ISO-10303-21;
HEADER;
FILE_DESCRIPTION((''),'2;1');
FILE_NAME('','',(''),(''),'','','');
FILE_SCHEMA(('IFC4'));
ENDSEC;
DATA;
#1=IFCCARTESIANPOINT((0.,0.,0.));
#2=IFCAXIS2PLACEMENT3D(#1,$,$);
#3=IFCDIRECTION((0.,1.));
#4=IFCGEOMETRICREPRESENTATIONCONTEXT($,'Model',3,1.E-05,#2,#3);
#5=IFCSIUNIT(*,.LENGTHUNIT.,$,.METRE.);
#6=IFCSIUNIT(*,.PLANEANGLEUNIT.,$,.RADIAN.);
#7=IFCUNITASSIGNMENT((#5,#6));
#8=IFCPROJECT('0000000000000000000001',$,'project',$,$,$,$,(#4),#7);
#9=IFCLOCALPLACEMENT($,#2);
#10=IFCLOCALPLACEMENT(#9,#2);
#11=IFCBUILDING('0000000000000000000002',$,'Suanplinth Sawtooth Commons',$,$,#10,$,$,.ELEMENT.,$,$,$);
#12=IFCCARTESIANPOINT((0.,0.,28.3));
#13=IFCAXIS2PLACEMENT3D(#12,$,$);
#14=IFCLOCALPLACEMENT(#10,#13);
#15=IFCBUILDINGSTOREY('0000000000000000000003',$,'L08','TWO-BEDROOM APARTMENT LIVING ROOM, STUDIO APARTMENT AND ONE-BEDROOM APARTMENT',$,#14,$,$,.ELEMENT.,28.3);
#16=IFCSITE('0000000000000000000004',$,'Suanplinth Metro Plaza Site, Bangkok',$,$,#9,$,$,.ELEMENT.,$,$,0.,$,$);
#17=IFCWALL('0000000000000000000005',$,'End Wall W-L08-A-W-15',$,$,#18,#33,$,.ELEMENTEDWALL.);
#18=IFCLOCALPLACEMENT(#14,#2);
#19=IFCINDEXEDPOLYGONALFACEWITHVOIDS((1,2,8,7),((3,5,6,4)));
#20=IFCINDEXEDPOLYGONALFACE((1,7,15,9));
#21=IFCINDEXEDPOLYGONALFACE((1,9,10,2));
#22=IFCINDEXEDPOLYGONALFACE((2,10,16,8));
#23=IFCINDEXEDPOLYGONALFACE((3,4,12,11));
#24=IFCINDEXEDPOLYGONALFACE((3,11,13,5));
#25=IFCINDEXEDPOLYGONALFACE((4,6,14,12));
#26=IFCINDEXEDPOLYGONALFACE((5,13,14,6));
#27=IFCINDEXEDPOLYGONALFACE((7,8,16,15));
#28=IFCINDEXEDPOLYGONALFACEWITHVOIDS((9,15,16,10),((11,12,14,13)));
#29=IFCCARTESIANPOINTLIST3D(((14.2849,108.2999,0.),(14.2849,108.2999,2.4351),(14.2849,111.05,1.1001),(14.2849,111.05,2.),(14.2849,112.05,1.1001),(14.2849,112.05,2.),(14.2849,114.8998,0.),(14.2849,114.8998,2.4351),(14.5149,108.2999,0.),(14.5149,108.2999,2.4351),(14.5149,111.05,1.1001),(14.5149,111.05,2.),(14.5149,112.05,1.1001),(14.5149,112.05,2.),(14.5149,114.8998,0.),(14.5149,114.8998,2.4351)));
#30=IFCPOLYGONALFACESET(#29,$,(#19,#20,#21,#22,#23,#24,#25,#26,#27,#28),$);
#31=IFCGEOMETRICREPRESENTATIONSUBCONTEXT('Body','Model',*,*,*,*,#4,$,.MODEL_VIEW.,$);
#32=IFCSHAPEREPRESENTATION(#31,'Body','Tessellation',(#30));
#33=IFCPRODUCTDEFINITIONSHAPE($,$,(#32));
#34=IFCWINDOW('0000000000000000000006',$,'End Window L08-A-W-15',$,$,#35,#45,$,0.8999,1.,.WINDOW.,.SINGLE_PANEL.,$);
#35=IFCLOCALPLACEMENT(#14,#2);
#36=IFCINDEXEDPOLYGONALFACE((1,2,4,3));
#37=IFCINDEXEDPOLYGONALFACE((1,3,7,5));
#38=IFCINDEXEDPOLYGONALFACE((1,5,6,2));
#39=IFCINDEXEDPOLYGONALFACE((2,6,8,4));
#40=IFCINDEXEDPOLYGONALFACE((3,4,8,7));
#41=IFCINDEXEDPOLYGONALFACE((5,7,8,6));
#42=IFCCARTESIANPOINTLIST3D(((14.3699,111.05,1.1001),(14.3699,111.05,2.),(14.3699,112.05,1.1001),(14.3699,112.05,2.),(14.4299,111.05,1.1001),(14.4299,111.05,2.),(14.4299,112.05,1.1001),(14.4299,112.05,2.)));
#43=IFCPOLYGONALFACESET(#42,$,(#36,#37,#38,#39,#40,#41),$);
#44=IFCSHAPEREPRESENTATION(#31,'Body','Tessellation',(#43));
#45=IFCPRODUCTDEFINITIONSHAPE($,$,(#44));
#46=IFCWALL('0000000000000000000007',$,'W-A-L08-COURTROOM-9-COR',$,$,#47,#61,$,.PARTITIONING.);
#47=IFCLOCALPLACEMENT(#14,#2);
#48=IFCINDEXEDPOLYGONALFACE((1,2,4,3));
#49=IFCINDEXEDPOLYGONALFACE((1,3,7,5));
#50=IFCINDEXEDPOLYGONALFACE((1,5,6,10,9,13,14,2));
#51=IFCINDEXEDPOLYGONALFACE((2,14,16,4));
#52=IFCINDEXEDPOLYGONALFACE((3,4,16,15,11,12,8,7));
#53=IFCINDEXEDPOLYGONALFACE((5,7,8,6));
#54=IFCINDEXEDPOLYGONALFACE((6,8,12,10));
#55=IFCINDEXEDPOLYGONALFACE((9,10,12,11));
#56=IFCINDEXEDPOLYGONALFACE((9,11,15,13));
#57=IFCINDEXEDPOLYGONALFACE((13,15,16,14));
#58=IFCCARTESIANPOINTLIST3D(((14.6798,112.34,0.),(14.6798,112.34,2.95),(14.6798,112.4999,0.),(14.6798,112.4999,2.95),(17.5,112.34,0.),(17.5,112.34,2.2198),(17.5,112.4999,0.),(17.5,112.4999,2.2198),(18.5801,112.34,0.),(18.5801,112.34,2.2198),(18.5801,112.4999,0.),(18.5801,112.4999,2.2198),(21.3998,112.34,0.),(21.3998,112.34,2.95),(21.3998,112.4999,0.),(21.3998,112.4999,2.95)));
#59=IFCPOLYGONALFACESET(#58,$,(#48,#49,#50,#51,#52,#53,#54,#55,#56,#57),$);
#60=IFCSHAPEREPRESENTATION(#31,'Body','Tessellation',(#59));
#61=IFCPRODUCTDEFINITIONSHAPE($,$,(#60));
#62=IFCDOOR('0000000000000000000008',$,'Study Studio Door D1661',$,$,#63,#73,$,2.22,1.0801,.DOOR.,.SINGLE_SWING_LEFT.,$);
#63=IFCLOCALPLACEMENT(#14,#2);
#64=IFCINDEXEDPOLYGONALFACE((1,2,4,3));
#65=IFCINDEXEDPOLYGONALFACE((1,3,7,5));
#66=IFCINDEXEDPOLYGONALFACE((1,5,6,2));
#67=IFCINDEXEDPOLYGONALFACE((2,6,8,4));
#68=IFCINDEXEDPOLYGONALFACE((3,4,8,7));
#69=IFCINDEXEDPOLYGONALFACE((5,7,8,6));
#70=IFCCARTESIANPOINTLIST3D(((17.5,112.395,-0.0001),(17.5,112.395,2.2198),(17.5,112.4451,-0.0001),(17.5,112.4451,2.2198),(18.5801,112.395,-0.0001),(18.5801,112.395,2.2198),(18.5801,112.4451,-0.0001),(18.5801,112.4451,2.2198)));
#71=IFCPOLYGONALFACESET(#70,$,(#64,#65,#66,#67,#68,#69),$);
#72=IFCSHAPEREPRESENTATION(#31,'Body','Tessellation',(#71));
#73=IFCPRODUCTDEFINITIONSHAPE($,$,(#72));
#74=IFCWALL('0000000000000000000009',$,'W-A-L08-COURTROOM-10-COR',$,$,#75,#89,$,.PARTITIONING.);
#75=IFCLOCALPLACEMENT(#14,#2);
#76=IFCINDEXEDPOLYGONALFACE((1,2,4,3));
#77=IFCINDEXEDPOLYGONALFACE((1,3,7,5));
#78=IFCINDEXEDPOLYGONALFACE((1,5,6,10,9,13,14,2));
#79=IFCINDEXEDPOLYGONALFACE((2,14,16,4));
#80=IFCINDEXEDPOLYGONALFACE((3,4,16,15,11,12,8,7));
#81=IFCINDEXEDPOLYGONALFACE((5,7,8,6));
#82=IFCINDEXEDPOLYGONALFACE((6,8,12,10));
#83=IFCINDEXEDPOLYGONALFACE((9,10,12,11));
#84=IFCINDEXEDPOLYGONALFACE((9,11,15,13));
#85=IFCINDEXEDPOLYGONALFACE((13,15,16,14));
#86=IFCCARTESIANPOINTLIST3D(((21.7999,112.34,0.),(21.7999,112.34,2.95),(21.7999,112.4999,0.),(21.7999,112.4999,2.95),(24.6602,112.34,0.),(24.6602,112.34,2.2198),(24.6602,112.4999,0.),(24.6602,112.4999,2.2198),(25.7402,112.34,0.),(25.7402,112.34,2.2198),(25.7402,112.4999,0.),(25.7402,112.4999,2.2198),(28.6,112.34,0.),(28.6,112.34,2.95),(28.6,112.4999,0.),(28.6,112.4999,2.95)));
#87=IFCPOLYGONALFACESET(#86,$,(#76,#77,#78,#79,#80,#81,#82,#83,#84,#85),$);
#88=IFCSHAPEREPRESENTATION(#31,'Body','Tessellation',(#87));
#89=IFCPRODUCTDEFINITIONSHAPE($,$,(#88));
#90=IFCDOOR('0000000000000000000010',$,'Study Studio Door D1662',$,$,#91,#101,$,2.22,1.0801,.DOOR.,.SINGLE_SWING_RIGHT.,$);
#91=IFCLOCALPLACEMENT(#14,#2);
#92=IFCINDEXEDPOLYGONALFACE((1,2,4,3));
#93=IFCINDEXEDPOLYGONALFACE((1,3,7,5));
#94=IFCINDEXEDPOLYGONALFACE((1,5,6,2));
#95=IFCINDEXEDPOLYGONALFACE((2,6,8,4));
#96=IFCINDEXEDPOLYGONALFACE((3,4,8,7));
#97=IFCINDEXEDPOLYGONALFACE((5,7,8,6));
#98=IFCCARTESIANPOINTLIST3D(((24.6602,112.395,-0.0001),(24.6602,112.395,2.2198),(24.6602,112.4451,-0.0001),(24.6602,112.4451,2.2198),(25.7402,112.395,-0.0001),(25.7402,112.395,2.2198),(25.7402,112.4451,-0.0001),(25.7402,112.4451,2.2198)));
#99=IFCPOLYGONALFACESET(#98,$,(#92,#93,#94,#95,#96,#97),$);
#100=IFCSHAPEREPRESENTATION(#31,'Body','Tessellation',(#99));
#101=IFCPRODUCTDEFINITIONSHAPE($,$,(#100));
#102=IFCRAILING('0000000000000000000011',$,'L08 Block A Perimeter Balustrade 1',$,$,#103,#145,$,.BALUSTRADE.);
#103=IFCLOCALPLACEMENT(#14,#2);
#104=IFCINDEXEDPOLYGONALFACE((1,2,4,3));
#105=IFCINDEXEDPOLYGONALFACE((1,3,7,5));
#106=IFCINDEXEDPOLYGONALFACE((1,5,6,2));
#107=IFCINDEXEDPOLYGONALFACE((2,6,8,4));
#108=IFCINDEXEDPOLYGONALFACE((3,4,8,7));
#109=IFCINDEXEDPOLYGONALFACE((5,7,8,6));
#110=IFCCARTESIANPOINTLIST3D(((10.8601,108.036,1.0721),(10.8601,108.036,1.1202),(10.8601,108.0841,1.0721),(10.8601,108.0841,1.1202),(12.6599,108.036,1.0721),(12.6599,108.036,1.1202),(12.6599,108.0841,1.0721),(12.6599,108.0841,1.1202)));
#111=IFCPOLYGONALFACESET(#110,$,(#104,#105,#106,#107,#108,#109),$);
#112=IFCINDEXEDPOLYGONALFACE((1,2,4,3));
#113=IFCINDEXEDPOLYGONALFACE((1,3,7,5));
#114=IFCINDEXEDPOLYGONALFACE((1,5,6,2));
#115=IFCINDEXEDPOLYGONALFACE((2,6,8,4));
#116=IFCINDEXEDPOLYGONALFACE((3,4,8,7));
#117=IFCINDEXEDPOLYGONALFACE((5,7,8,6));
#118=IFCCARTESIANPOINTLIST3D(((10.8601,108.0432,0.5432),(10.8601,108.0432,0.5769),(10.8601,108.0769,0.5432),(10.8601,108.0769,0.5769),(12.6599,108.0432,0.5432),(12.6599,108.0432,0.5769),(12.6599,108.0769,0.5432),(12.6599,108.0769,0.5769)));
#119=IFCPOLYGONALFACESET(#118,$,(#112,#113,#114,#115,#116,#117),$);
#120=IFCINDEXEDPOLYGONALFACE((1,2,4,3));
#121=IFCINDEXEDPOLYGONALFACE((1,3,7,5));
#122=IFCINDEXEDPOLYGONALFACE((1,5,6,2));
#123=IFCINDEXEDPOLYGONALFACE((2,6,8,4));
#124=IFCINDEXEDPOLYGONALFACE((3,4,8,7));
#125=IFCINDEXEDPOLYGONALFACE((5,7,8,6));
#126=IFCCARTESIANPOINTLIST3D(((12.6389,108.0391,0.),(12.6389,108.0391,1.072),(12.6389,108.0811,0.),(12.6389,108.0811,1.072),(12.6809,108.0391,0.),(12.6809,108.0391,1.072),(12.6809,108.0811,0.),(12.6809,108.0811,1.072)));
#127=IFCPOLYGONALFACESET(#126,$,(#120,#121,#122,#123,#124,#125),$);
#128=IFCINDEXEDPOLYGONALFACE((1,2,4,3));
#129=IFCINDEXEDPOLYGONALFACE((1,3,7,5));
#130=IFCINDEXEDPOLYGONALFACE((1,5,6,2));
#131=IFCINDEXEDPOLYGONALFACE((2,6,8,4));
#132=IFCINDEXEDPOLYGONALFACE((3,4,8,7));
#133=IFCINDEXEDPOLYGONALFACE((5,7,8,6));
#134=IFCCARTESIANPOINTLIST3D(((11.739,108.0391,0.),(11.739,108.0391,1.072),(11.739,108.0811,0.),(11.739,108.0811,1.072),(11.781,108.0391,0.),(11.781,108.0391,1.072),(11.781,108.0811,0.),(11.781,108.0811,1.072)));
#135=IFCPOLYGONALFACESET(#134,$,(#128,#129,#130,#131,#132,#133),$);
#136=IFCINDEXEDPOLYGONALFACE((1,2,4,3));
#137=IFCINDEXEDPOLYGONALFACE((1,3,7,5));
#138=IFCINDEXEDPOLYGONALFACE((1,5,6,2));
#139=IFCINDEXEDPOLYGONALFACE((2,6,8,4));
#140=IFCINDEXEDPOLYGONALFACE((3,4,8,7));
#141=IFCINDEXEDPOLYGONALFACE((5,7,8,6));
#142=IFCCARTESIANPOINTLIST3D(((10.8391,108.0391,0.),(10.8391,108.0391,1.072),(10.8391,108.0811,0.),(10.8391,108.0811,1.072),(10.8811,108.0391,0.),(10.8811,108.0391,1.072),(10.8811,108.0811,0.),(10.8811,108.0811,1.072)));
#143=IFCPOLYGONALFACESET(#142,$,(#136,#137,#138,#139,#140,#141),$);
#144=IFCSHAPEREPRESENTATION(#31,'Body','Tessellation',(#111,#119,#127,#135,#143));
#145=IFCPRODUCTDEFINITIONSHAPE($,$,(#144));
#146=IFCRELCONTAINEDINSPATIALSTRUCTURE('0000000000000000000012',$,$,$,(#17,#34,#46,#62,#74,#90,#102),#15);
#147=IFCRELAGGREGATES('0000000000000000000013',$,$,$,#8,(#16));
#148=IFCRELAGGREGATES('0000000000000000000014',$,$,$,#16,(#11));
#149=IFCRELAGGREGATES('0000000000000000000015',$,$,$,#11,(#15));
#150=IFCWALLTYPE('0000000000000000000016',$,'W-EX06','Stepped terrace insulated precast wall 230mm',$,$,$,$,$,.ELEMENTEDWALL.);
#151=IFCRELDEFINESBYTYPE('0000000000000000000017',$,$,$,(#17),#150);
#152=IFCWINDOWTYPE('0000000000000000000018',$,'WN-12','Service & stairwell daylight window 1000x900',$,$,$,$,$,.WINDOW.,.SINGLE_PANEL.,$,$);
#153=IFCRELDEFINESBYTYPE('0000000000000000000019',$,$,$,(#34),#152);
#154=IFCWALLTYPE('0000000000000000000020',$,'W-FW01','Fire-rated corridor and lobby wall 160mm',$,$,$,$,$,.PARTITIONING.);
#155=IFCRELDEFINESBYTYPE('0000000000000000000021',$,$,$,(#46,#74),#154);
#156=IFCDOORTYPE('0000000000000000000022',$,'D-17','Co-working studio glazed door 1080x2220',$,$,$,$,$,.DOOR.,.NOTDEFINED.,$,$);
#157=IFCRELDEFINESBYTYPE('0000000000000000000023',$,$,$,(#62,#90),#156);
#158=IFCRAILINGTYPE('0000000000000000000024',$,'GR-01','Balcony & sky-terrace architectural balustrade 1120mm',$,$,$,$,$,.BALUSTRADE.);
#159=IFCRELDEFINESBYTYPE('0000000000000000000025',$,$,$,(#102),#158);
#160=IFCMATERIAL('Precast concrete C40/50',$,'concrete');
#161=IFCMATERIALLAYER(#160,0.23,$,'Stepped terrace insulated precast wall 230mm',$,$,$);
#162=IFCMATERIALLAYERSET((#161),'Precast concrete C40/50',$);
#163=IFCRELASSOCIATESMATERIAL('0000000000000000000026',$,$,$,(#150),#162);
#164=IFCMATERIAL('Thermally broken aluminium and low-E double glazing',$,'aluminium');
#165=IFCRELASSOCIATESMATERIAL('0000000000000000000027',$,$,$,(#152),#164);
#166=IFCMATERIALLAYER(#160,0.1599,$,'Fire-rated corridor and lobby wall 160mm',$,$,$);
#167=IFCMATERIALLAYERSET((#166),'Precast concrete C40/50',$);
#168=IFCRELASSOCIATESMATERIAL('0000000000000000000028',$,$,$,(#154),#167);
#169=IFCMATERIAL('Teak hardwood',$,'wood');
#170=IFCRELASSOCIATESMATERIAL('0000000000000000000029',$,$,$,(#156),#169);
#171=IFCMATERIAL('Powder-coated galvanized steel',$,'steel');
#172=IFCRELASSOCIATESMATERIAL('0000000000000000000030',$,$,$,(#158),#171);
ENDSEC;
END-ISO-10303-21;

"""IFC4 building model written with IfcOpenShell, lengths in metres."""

from ifc_helpers import new_model, si_unit, direction, frame, frame_2d, origin, origin_2d, place, context, subcontext, project, spatial, rectangle, extrude, material, layer, layer_set, type_object, element, fill, save


model = new_model("IFC4")

# Units and contexts
model_context = context("Model", 3, precision=1e-05, world=origin(), true_north=direction((0.0, 1.0)))
body_context = subcontext(model_context, "Body", "Model", "MODEL_VIEW")
ifc_project = project(units=[si_unit("LENGTHUNIT", "METRE"), si_unit("PLANEANGLEUNIT", "RADIAN")], contexts=[model_context])

# Site, building, storey
site_placement = place(None, origin())
site = spatial("IfcSite", under=ifc_project, at=site_placement, Name="Suanplinth Metro Plaza Site, Bangkok", CompositionType="ELEMENT", RefElevation=0.0)
building_placement = place(site_placement, origin())
building = spatial("IfcBuilding", under=site, at=building_placement, Name="Suanplinth Sawtooth Commons", CompositionType="ELEMENT")
storey_placement = place(building_placement, frame((0.0, 0.0, 28.3)))
storey = spatial("IfcBuildingStorey", under=building, at=storey_placement, Name="L08", Description="TWO-BEDROOM APARTMENT LIVING ROOM, STUDIO APARTMENT AND ONE-BEDROOM APARTMENT", CompositionType="ELEMENT", Elevation=28.3)

# Shared definitions
ifc_material_1 = material(Name="Precast concrete C40/50", Category="concrete")

# Wall, opening, window
ifc_layer_1 = layer(ifc_material_1, 0.23, Name="Stepped terrace insulated precast wall 230mm")
ifc_layer_set_1 = layer_set([ifc_layer_1], Name="Precast concrete C40/50")
wall_type_1 = type_object("IfcWallType", Name="W-EX06", Description="Stepped terrace insulated precast wall 230mm", PredefinedType="ELEMENTEDWALL", material=ifc_layer_set_1)
wall_1_placement = place(storey_placement, frame((14.3999, 108.3, 0.0), z_axis=(0.0, 0.0, 1.0), x_axis=(0.0, 1.0, 0.0)))
wall_1 = element("IfcWall", 1, at=wall_1_placement, inside=storey, type_object=wall_type_1, Name="End Wall W-L08-A-W-15", PredefinedType="ELEMENTEDWALL", context=body_context, shape_type="SweptSolid", body=[
    extrude(rectangle(XDim=6.5999, YDim=0.23, at=frame_2d((3.2998, 0.0))), origin(), (0.0, 0.0, 1.0), 2.4351),
])
opening_1_placement = place(wall_1_placement, frame((2.75, 0.0, 1.1001)))
opening_1 = element("IfcOpeningElement", 2, at=opening_1_placement, cuts=wall_1, PredefinedType="OPENING", context=body_context, shape_type="SweptSolid", body=[
    extrude(rectangle(XDim=1.0, YDim=0.8999, at=frame_2d((0.5, 0.45))), frame((0.0, 0.1299, 0.0), z_axis=(0.0, -1.0, 0.0), x_axis=(1.0, 0.0, 0.0)), (0.0, 0.0, 1.0), 0.2598),
])
ifc_material_2 = material(Name="Thermally broken aluminium and low-E double glazing", Category="aluminium")
window_type = type_object("IfcWindowType", Name="WN-12", Description="Service & stairwell daylight window 1000x900", PartitioningType="SINGLE_PANEL", PredefinedType="WINDOW", material=ifc_material_2)
window_placement = place(opening_1_placement, origin())
window = element("IfcWindow", 3, at=window_placement, inside=storey, type_object=window_type, Name="End Window L08-A-W-15", OverallHeight=0.8999, OverallWidth=1.0, PartitioningType="SINGLE_PANEL", PredefinedType="WINDOW", context=body_context, shape_type="SweptSolid", body=[
    extrude(rectangle(XDim=1.0, YDim=0.8999, at=frame_2d((0.5, 0.45))), frame((0.0, 0.03, 0.0), z_axis=(0.0, -1.0, 0.0), x_axis=(1.0, 0.0, 0.0)), (0.0, 0.0, 1.0), 0.0601),
])
fill(opening_1, window)

# Walls, openings, doors
ifc_layer_2 = layer(ifc_material_1, 0.1599, Name="Fire-rated corridor and lobby wall 160mm")
ifc_layer_set_2 = layer_set([ifc_layer_2], Name="Precast concrete C40/50")
wall_type_2 = type_object("IfcWallType", Name="W-FW01", Description="Fire-rated corridor and lobby wall 160mm", PredefinedType="PARTITIONING", material=ifc_layer_set_2)
wall_2_placement = place(storey_placement, frame((14.6799, 112.4199, 0.0), z_axis=(0.0, 0.0, 1.0), x_axis=(1.0, 0.0, 0.0)))
wall_2 = element("IfcWall", 4, at=wall_2_placement, inside=storey, type_object=wall_type_2, Name="W-A-L08-COURTROOM-9-COR", PredefinedType="PARTITIONING", context=body_context, shape_type="SweptSolid", body=[
    extrude(rectangle(XDim=6.72, YDim=0.1599, at=frame_2d((3.3599, 0.0))), origin(), (0.0, 0.0, 1.0), 2.95),
])
opening_2_placement = place(wall_2_placement, frame((2.8201, 0.0, 0.0)))
opening_2 = element("IfcOpeningElement", 5, at=opening_2_placement, cuts=wall_2, PredefinedType="OPENING", context=body_context, shape_type="SweptSolid", body=[
    extrude(rectangle(XDim=1.0801, YDim=2.22, at=frame_2d((0.54, 1.1099))), frame((0.0, 0.0947, 0.0), z_axis=(0.0, -1.0, 0.0), x_axis=(1.0, 0.0, 0.0)), (0.0, 0.0, 1.0), 0.1897),
])
ifc_material_3 = material(Name="Teak hardwood", Category="wood")
door_type_1 = type_object("IfcDoorType", Name="D-17", Description="Co-working studio glazed door 1080x2220", OperationType="NOTDEFINED", PredefinedType="DOOR", material=ifc_material_3)
door_1_placement = place(opening_2_placement, frame((1.0801, 0.0, 0.0), z_axis=(0.0, 0.0, 1.0), x_axis=(-1.0, 0.0, 0.0)))
door_1 = element("IfcDoor", 6, at=door_1_placement, inside=storey, type_object=door_type_1, Name="Study Studio Door D1661", OperationType="SINGLE_SWING_LEFT", OverallHeight=2.22, OverallWidth=1.0801, PredefinedType="DOOR", context=body_context, shape_type="SweptSolid", body=[
    extrude(rectangle(XDim=1.0801, YDim=2.22, at=frame_2d((0.54, 1.1099))), frame((0.0, 0.0249, 0.0), z_axis=(0.0, -1.0, 0.0), x_axis=(1.0, 0.0, 0.0)), (0.0, 0.0, 1.0), 0.05),
])
fill(opening_2, door_1)
wall_3_placement = place(storey_placement, frame((21.8, 112.4199, 0.0), z_axis=(0.0, 0.0, 1.0), x_axis=(1.0, 0.0, 0.0)))
wall_3 = element("IfcWall", 7, at=wall_3_placement, inside=storey, type_object=wall_type_2, Name="W-A-L08-COURTROOM-10-COR", PredefinedType="PARTITIONING", context=body_context, shape_type="SweptSolid", body=[
    extrude(rectangle(XDim=6.8, YDim=0.1599, at=frame_2d((3.3999, 0.0))), origin(), (0.0, 0.0, 1.0), 2.95),
])
opening_3_placement = place(wall_3_placement, frame((2.8601, 0.0, 0.0)))
opening_3 = element("IfcOpeningElement", 8, at=opening_3_placement, cuts=wall_3, PredefinedType="OPENING", context=body_context, shape_type="SweptSolid", body=[
    extrude(rectangle(XDim=1.0801, YDim=2.22, at=frame_2d((0.54, 1.1099))), frame((0.0, 0.0947, 0.0), z_axis=(0.0, -1.0, 0.0), x_axis=(1.0, 0.0, 0.0)), (0.0, 0.0, 1.0), 0.1897),
])
door_2_placement = place(opening_3_placement, frame((1.0801, 0.0, 0.0), z_axis=(0.0, 0.0, 1.0), x_axis=(-1.0, 0.0, 0.0)))
door_2 = element("IfcDoor", 9, at=door_2_placement, inside=storey, type_object=door_type_1, Name="Study Studio Door D1662", OperationType="SINGLE_SWING_RIGHT", OverallHeight=2.22, OverallWidth=1.0801, PredefinedType="DOOR", context=body_context, shape_type="SweptSolid", body=[
    extrude(rectangle(XDim=1.0801, YDim=2.22, at=frame_2d((0.54, 1.1099))), frame((0.0, 0.0249, 0.0), z_axis=(0.0, -1.0, 0.0), x_axis=(1.0, 0.0, 0.0)), (0.0, 0.0, 1.0), 0.05),
])
fill(opening_3, door_2)

# Railing
ifc_material_4 = material(Name="Powder-coated galvanized steel", Category="steel")
railing_type = type_object("IfcRailingType", Name="GR-01", Description="Balcony & sky-terrace architectural balustrade 1120mm", PredefinedType="BALUSTRADE", material=ifc_material_4)
railing_1_placement = place(storey_placement, frame((12.6599, 108.0601, 0.0)))
element("IfcRailing", 10, at=railing_1_placement, inside=storey, type_object=railing_type, Name="L08 Block A Perimeter Balustrade 1", PredefinedType="BALUSTRADE", context=body_context, shape_type="SweptSolid", body=[
    extrude(rectangle(XDim=0.0481, YDim=0.0481, at=origin_2d()), frame((0.0, 0.0, 1.0962), z_axis=(-1.0, 0.0, 0.0), x_axis=(0.0, -1.0, 0.0)), (0.0, 0.0, 1.0), 1.7998),
    extrude(rectangle(XDim=0.0337, YDim=0.0337, at=origin_2d()), frame((0.0, 0.0, 0.5601), z_axis=(-1.0, 0.0, 0.0), x_axis=(0.0, -1.0, 0.0)), (0.0, 0.0, 1.0), 1.7998),
    extrude(rectangle(XDim=0.042, YDim=0.042, at=origin_2d()), origin(), (0.0, 0.0, 1.0), 1.072),
    extrude(rectangle(XDim=0.042, YDim=0.042, at=origin_2d()), frame((-0.8999, 0.0, 0.0)), (0.0, 0.0, 1.0), 1.072),
    extrude(rectangle(XDim=0.042, YDim=0.042, at=origin_2d()), frame((-1.7998, 0.0, 0.0)), (0.0, 0.0, 1.0), 1.072),
])

save(model, "model.ifc")
